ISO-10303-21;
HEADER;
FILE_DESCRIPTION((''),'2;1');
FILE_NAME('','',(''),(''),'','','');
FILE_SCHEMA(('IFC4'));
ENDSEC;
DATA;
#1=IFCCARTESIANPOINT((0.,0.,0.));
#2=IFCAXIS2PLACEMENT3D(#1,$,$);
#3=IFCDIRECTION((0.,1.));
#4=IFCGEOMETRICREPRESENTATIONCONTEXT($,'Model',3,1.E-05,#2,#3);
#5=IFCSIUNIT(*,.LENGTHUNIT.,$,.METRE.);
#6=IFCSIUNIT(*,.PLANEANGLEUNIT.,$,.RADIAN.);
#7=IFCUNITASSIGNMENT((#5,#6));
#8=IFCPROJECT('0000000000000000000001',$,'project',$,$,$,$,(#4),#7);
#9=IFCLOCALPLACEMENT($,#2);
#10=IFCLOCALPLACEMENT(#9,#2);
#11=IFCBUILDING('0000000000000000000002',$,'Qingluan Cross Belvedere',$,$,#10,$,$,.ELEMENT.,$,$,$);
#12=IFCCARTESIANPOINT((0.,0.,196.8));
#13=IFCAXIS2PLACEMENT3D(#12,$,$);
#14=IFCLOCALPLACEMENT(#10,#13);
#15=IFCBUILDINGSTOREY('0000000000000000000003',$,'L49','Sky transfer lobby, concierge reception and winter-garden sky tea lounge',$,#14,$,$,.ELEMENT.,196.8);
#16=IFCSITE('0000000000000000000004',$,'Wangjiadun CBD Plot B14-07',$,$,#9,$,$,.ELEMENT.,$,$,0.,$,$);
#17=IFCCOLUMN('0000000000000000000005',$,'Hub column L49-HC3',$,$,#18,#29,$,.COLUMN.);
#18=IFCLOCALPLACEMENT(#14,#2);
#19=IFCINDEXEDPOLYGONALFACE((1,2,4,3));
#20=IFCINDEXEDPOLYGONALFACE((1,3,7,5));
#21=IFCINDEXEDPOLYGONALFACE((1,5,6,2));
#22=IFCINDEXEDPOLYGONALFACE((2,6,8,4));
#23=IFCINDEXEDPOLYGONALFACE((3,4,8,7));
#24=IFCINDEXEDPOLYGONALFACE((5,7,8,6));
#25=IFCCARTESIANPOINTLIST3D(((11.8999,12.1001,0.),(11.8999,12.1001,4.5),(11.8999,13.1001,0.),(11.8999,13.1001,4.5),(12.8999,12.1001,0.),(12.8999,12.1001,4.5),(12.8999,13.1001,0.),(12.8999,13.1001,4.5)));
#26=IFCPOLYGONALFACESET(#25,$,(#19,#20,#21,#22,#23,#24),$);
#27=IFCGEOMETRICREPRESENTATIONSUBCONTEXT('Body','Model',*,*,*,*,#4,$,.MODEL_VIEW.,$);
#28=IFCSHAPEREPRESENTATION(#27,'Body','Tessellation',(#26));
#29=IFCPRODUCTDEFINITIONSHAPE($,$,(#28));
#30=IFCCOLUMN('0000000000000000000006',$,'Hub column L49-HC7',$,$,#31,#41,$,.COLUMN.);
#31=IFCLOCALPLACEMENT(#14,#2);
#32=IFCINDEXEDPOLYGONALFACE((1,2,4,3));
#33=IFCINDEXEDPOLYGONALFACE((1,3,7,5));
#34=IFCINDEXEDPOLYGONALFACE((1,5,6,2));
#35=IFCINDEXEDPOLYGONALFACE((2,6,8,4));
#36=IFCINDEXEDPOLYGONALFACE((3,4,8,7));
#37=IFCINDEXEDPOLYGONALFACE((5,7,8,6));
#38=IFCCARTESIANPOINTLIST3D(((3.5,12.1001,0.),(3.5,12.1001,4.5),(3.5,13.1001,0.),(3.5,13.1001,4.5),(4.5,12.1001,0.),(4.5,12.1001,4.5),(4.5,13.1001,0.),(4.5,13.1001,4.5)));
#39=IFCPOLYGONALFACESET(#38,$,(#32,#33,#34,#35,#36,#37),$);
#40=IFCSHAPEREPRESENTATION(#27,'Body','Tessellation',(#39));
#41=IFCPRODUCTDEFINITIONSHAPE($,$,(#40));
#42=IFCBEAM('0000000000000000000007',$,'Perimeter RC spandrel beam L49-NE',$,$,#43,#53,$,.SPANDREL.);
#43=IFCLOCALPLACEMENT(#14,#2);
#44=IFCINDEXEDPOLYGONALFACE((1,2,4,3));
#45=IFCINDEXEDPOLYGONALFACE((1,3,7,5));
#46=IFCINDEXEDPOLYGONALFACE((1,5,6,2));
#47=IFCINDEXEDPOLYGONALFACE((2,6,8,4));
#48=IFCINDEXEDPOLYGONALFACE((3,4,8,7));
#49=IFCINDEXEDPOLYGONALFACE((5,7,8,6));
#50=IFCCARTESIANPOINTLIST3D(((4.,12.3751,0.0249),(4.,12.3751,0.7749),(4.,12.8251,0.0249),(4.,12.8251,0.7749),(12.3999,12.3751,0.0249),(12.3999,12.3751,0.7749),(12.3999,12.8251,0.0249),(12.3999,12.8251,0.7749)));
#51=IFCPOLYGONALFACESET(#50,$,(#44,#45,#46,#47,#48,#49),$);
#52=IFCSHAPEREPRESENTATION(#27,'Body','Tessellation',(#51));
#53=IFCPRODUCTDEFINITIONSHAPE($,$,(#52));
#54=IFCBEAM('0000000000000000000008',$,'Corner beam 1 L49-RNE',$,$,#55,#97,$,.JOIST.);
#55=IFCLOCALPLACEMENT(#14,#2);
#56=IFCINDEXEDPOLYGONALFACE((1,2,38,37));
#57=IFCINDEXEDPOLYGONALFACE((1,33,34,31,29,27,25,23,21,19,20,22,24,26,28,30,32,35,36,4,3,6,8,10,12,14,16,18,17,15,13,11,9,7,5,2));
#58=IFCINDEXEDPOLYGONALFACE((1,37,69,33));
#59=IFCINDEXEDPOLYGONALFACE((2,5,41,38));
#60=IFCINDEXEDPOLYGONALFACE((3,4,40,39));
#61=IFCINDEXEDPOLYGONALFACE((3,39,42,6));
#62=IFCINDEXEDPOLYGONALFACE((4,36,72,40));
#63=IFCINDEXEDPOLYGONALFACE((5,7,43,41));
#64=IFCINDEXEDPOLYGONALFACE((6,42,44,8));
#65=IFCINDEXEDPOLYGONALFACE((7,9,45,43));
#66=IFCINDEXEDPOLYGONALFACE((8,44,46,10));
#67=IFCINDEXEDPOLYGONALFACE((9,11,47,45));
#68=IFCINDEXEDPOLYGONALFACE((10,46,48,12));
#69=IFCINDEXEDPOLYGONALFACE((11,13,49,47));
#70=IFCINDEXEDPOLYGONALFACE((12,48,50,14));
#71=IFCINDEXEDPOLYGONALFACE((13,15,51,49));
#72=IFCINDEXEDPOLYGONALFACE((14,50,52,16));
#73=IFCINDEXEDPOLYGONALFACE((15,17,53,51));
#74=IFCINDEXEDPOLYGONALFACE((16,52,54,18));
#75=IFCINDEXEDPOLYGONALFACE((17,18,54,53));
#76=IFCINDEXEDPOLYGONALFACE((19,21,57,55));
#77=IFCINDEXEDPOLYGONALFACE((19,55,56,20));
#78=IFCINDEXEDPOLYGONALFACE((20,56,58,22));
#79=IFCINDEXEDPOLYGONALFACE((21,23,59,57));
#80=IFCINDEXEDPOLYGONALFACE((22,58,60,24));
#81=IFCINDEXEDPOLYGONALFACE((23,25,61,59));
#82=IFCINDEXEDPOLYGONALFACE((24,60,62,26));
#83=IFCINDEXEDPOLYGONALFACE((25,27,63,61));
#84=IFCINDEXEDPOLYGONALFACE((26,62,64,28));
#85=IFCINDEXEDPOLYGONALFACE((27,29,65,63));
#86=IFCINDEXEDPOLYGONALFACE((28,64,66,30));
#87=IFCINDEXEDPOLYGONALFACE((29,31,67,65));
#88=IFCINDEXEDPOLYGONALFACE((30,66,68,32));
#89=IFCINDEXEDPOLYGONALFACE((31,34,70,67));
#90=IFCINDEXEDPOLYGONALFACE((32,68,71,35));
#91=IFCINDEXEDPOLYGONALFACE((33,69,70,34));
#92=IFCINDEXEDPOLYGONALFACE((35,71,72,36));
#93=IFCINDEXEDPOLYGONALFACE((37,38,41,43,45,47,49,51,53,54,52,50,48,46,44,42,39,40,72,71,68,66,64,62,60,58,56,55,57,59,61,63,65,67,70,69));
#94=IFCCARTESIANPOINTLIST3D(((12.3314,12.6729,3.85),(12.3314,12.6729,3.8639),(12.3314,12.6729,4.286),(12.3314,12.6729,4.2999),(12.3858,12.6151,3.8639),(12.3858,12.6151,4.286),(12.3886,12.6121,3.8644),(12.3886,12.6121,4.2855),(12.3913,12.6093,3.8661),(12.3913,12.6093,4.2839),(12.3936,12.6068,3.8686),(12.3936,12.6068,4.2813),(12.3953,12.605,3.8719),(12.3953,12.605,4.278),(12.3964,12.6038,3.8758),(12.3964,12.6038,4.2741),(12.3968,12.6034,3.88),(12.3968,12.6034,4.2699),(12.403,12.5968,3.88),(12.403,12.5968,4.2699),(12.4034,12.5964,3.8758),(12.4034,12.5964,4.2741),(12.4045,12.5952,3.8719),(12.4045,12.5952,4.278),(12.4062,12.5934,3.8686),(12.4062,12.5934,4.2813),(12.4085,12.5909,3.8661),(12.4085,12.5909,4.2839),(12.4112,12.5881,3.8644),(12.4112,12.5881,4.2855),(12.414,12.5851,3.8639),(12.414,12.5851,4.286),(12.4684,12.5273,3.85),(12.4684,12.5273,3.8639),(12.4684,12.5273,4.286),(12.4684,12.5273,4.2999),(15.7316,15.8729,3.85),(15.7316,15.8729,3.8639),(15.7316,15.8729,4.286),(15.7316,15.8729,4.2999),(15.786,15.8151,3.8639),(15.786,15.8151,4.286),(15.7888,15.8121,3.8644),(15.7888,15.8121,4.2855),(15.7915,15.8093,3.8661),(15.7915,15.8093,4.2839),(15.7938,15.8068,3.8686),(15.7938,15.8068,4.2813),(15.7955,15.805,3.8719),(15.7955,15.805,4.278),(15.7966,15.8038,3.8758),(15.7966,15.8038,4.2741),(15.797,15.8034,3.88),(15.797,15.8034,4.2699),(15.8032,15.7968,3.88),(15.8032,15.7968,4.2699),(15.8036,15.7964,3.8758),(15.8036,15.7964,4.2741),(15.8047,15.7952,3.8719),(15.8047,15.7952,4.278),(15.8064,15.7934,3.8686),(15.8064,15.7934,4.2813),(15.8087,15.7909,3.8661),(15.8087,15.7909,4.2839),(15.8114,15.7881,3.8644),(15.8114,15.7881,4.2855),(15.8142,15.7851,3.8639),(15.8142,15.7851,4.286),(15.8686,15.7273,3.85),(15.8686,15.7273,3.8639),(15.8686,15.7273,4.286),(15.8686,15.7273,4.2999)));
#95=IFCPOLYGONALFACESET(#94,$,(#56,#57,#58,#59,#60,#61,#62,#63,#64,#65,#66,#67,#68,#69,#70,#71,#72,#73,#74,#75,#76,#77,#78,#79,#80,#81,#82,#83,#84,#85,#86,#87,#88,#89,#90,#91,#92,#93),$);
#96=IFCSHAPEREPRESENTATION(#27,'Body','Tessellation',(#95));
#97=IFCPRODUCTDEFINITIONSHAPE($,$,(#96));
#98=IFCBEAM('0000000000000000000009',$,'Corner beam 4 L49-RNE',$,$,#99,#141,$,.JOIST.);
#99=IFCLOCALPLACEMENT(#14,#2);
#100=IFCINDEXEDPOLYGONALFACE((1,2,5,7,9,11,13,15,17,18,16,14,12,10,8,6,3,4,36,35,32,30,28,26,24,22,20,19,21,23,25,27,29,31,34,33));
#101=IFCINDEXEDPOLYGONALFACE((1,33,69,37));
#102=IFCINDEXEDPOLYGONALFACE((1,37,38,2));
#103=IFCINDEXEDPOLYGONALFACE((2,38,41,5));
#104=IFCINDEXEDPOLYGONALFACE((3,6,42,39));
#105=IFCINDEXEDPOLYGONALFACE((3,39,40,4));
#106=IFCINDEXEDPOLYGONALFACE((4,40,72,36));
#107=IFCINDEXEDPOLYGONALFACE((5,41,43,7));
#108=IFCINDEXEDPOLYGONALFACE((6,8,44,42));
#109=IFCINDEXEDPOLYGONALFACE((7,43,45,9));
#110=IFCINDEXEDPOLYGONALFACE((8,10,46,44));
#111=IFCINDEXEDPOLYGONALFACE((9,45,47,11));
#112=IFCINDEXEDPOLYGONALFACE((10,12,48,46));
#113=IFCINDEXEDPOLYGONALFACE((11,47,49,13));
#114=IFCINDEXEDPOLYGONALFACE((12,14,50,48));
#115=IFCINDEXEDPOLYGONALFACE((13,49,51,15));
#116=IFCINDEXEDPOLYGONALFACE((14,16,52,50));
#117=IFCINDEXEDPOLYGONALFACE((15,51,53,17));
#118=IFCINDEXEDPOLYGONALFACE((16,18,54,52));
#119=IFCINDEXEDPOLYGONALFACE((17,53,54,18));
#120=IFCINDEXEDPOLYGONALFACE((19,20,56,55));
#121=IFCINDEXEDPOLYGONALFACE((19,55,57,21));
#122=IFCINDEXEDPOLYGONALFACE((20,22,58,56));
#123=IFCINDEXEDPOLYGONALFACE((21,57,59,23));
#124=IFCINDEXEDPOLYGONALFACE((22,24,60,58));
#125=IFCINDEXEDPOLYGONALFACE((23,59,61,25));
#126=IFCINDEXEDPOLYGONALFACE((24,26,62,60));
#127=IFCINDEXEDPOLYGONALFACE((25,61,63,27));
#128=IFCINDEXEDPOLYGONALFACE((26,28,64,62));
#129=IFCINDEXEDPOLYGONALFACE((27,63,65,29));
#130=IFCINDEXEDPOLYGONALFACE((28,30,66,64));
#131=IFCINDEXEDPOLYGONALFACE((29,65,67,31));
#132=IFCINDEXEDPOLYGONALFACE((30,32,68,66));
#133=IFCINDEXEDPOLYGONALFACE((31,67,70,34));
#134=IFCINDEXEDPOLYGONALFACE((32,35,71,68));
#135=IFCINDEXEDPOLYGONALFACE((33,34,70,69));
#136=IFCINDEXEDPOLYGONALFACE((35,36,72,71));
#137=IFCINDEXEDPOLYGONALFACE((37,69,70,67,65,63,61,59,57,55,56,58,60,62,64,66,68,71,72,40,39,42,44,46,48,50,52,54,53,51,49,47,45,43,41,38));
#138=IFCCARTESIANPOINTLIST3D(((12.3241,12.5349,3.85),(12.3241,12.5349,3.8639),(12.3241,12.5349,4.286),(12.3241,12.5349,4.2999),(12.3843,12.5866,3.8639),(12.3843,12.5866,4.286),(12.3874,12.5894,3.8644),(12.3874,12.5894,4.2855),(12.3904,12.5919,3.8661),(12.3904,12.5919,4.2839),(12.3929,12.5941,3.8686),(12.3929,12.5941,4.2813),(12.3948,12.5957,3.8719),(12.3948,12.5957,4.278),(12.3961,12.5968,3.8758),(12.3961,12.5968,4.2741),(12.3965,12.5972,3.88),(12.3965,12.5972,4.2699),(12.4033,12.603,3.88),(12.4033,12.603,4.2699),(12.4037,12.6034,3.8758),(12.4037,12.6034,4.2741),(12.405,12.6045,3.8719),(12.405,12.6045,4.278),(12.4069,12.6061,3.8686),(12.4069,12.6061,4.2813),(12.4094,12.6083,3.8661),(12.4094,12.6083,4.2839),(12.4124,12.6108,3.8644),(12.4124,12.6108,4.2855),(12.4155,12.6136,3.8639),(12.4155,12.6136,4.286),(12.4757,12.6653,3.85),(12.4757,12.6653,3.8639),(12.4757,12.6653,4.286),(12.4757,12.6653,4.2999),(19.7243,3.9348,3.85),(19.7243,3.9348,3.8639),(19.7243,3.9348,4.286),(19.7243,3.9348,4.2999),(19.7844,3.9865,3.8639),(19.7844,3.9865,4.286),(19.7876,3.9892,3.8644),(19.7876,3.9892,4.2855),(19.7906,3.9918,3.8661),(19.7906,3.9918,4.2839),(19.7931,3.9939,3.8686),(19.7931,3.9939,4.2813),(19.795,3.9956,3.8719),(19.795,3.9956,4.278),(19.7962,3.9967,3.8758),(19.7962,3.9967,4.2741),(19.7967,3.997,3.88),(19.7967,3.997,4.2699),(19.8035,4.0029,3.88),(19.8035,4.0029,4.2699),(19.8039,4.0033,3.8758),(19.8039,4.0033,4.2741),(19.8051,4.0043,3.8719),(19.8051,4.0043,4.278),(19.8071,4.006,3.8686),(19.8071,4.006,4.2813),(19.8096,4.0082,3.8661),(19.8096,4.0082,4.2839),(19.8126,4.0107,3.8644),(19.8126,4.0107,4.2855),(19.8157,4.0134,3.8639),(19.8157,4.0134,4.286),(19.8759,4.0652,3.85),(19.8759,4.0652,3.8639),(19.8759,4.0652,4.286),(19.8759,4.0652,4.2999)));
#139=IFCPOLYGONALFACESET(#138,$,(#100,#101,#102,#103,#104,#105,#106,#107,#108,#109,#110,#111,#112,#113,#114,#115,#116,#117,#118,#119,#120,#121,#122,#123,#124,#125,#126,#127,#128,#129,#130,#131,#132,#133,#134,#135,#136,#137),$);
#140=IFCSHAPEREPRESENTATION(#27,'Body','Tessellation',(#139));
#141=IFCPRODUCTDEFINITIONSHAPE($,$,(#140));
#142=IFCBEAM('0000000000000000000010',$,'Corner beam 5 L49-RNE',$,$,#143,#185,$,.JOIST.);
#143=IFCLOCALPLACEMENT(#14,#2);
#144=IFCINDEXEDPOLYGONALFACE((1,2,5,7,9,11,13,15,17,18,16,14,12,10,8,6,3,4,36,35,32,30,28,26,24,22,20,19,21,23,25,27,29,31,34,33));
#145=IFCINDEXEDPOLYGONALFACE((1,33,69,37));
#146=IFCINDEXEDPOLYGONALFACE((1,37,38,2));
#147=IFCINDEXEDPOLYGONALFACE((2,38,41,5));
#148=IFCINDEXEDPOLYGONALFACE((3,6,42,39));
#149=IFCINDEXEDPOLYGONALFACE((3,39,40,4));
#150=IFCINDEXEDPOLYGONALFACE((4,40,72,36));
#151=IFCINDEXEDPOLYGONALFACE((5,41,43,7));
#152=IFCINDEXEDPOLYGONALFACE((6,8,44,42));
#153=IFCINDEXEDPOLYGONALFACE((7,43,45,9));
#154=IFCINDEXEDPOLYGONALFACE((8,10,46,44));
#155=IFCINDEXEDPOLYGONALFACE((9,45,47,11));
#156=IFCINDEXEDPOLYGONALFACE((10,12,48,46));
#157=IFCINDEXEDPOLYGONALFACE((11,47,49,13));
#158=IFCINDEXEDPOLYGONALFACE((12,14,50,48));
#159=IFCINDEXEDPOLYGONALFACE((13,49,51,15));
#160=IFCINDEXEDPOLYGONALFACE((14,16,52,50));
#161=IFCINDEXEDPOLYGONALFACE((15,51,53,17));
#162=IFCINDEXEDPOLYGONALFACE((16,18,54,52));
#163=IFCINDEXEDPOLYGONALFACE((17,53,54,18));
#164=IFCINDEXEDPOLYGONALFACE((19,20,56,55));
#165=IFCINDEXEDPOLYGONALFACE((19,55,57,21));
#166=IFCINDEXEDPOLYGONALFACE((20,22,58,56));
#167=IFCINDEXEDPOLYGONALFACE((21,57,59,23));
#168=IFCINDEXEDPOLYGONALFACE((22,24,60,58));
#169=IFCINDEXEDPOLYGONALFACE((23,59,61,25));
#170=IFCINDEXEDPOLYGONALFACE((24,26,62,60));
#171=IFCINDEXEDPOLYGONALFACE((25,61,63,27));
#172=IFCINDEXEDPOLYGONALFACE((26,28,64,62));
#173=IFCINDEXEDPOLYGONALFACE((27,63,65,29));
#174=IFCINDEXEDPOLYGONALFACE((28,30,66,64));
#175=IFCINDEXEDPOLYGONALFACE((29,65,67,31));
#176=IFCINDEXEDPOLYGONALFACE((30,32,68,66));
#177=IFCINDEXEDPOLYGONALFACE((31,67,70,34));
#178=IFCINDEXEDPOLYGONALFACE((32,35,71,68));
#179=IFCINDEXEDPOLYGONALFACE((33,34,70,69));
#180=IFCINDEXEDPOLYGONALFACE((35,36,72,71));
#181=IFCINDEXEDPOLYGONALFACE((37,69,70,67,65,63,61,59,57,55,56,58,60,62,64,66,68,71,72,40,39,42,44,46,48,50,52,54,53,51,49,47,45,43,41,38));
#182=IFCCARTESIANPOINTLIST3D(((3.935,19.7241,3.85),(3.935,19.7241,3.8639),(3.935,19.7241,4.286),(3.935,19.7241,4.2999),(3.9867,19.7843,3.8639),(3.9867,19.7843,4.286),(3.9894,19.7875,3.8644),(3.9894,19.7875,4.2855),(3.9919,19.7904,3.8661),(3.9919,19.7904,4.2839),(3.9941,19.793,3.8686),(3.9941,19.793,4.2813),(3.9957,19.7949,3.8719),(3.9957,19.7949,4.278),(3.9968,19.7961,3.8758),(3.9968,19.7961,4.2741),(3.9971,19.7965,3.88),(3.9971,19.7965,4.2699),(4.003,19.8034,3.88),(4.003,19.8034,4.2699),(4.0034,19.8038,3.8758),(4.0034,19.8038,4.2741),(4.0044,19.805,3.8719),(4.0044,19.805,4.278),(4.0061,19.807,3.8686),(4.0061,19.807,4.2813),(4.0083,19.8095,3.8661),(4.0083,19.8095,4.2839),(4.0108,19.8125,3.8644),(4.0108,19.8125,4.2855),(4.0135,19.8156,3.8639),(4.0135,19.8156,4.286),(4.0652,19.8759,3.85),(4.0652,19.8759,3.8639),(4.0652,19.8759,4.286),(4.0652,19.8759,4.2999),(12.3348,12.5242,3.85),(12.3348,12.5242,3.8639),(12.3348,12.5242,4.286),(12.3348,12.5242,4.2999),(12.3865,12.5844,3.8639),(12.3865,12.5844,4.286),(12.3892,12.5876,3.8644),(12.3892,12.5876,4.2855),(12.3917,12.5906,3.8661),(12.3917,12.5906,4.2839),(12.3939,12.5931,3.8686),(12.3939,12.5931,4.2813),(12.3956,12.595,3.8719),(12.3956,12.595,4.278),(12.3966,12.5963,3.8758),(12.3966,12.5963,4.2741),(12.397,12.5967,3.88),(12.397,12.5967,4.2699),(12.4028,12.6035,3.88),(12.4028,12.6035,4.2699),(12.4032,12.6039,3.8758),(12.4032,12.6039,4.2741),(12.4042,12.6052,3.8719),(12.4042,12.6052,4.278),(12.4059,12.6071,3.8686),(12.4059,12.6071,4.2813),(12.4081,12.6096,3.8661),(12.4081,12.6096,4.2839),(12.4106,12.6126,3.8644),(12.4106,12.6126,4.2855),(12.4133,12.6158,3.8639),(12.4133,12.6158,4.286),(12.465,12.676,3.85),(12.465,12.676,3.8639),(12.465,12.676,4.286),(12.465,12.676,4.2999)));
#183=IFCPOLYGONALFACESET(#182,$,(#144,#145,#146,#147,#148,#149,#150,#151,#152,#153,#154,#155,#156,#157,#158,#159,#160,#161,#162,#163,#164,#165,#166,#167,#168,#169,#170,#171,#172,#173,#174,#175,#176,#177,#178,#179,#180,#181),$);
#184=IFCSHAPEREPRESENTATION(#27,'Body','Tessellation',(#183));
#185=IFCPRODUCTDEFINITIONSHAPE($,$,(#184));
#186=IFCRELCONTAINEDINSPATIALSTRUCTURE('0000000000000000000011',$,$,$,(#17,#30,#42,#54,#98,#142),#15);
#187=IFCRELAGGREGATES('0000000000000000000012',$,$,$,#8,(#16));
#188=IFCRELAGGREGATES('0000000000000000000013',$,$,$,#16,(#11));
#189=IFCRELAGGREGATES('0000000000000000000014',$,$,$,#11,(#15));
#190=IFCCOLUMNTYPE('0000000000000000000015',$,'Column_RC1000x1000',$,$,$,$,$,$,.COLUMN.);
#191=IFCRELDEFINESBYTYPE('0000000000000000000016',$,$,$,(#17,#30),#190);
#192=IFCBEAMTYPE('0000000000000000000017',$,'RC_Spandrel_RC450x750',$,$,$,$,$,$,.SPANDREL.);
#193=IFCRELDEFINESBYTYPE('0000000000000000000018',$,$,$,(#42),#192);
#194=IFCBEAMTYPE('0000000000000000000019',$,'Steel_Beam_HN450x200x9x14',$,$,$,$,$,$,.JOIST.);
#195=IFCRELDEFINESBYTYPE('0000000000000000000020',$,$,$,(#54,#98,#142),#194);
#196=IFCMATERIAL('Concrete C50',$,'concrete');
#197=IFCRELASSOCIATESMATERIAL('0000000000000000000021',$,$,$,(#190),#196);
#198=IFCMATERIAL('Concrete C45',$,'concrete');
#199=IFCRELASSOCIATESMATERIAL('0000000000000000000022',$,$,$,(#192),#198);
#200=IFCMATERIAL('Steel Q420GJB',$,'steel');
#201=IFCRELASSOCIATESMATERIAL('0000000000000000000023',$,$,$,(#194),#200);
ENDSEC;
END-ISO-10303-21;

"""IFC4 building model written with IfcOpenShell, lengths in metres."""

from ifc_helpers import new_model, si_unit, direction, frame, origin, origin_2d, place, context, subcontext, project, spatial, rectangle, i_section, extrude, material, material_profile, profile_set, type_object, element, save


model = new_model("IFC4")

# Units and contexts
model_context = context("Model", 3, precision=1e-05, world=origin(), true_north=direction((0.0, 1.0)))
body_context = subcontext(model_context, "Body", "Model", "MODEL_VIEW")
ifc_project = project(units=[si_unit("LENGTHUNIT", "METRE"), si_unit("PLANEANGLEUNIT", "RADIAN")], contexts=[model_context])

# Site, building, storey
site_placement = place(None, origin())
site = spatial("IfcSite", under=ifc_project, at=site_placement, Name="Wangjiadun CBD Plot B14-07", CompositionType="ELEMENT", RefElevation=0.0)
building_placement = place(site_placement, origin())
building = spatial("IfcBuilding", under=site, at=building_placement, Name="Qingluan Cross Belvedere", CompositionType="ELEMENT")
storey_placement = place(building_placement, frame((0.0, 0.0, 196.8)))
storey = spatial("IfcBuildingStorey", under=building, at=storey_placement, Name="L49", Description="Sky transfer lobby, concierge reception and winter-garden sky tea lounge", CompositionType="ELEMENT", Elevation=196.8)

# Columns
ifc_material_1 = material(Name="Concrete C50", Category="concrete")
ifc_material_profile_1 = material_profile(ifc_material_1, rectangle(XDim=1.0, YDim=1.0, at=origin_2d()), Name="RC1000x1000")
ifc_profile_set_1 = profile_set([ifc_material_profile_1], Name="Concrete C50")
column_type = type_object("IfcColumnType", Name="Column_RC1000x1000", PredefinedType="COLUMN", material=ifc_profile_set_1)
for number, where, z_axis, x_axis, name in (
    (1, (12.3999, 12.6001, 0.0), (0.0, 0.0, 1.0), (1.0, 0.0, 0.0), "Hub column L49-HC3"),
    (2, (4.0, 12.6001, 0.0), (0.0, 0.0, 1.0), (1.0, 0.0, 0.0), "Hub column L49-HC7"),
):
    element("IfcColumn", number, at=place(storey_placement, frame(where, z_axis=z_axis, x_axis=x_axis)), inside=storey, type_object=column_type, Name=name, PredefinedType="COLUMN", context=body_context, shape_type="SweptSolid", body=[
        extrude(rectangle(XDim=1.0, YDim=1.0, at=origin_2d()), origin(), (0.0, 0.0, 1.0), 4.5),
    ])

# Beams
ifc_material_2 = material(Name="Concrete C45", Category="concrete")
ifc_material_profile_2 = material_profile(ifc_material_2, rectangle(XDim=0.45, YDim=0.75, at=origin_2d()), Name="RC450x750")
ifc_profile_set_2 = profile_set([ifc_material_profile_2], Name="Concrete C45")
beam_type_1 = type_object("IfcBeamType", Name="RC_Spandrel_RC450x750", PredefinedType="SPANDREL", material=ifc_profile_set_2)
beam_1_placement = place(storey_placement, frame((4.0, 12.6001, 0.3999), z_axis=(1.0, 0.0, 0.0), x_axis=(0.0, 1.0, 0.0)))
element("IfcBeam", 3, at=beam_1_placement, inside=storey, type_object=beam_type_1, Name="Perimeter RC spandrel beam L49-NE", PredefinedType="SPANDREL", context=body_context, shape_type="SweptSolid", body=[
    extrude(rectangle(XDim=0.45, YDim=0.75, at=origin_2d()), origin(), (0.0, 0.0, 1.0), 8.3999),
])
ifc_material_3 = material(Name="Steel Q420GJB", Category="steel")
ifc_material_profile_3 = material_profile(ifc_material_3, i_section(OverallWidth=0.2, OverallDepth=0.45, WebThickness=0.009, FlangeThickness=0.0139, FilletRadius=0.0161, at=origin_2d()), Name="HN450x200x9x14")
ifc_profile_set_3 = profile_set([ifc_material_profile_3], Name="Steel Q420GJB")
beam_type_2 = type_object("IfcBeamType", Name="Steel_Beam_HN450x200x9x14", PredefinedType="JOIST", material=ifc_profile_set_3)
beam_2_placement = place(storey_placement, frame((12.3999, 12.6001, 4.075), z_axis=(0.72822, 0.685343, 0.0), x_axis=(-0.685343, 0.72822, 0.0)))
element("IfcBeam", 4, at=beam_2_placement, inside=storey, type_object=beam_type_2, Name="Corner beam 1 L49-RNE", PredefinedType="JOIST", context=body_context, shape_type="SweptSolid", body=[
    extrude(i_section(OverallWidth=0.2, OverallDepth=0.45, WebThickness=0.009, FlangeThickness=0.0139, FilletRadius=0.0161, at=origin_2d()), origin(), (0.0, 0.0, 1.0), 4.6692),
])
beam_3_placement = place(storey_placement, frame((12.3999, 12.6001, 4.075), z_axis=(0.652245, -0.758008, 0.0), x_axis=(0.758008, 0.652245, 0.0)))
element("IfcBeam", 5, at=beam_3_placement, inside=storey, type_object=beam_type_2, Name="Corner beam 4 L49-RNE", PredefinedType="JOIST", context=body_context, shape_type="SweptSolid", body=[
    extrude(i_section(OverallWidth=0.2, OverallDepth=0.45, WebThickness=0.009, FlangeThickness=0.0139, FilletRadius=0.0161, at=origin_2d()), origin(), (0.0, 0.0, 1.0), 11.3457),
])
beam_4_placement = place(storey_placement, frame((12.3999, 12.6001, 4.075), z_axis=(-0.759255, 0.650793, 0.0), x_axis=(-0.650793, -0.759255, 0.0)))
element("IfcBeam", 6, at=beam_4_placement, inside=storey, type_object=beam_type_2, Name="Corner beam 5 L49-RNE", PredefinedType="JOIST", context=body_context, shape_type="SweptSolid", body=[
    extrude(i_section(OverallWidth=0.2, OverallDepth=0.45, WebThickness=0.009, FlangeThickness=0.0139, FilletRadius=0.0161, at=origin_2d()), origin(), (0.0, 0.0, 1.0), 11.0632),
])

save(model, "model.ifc")
